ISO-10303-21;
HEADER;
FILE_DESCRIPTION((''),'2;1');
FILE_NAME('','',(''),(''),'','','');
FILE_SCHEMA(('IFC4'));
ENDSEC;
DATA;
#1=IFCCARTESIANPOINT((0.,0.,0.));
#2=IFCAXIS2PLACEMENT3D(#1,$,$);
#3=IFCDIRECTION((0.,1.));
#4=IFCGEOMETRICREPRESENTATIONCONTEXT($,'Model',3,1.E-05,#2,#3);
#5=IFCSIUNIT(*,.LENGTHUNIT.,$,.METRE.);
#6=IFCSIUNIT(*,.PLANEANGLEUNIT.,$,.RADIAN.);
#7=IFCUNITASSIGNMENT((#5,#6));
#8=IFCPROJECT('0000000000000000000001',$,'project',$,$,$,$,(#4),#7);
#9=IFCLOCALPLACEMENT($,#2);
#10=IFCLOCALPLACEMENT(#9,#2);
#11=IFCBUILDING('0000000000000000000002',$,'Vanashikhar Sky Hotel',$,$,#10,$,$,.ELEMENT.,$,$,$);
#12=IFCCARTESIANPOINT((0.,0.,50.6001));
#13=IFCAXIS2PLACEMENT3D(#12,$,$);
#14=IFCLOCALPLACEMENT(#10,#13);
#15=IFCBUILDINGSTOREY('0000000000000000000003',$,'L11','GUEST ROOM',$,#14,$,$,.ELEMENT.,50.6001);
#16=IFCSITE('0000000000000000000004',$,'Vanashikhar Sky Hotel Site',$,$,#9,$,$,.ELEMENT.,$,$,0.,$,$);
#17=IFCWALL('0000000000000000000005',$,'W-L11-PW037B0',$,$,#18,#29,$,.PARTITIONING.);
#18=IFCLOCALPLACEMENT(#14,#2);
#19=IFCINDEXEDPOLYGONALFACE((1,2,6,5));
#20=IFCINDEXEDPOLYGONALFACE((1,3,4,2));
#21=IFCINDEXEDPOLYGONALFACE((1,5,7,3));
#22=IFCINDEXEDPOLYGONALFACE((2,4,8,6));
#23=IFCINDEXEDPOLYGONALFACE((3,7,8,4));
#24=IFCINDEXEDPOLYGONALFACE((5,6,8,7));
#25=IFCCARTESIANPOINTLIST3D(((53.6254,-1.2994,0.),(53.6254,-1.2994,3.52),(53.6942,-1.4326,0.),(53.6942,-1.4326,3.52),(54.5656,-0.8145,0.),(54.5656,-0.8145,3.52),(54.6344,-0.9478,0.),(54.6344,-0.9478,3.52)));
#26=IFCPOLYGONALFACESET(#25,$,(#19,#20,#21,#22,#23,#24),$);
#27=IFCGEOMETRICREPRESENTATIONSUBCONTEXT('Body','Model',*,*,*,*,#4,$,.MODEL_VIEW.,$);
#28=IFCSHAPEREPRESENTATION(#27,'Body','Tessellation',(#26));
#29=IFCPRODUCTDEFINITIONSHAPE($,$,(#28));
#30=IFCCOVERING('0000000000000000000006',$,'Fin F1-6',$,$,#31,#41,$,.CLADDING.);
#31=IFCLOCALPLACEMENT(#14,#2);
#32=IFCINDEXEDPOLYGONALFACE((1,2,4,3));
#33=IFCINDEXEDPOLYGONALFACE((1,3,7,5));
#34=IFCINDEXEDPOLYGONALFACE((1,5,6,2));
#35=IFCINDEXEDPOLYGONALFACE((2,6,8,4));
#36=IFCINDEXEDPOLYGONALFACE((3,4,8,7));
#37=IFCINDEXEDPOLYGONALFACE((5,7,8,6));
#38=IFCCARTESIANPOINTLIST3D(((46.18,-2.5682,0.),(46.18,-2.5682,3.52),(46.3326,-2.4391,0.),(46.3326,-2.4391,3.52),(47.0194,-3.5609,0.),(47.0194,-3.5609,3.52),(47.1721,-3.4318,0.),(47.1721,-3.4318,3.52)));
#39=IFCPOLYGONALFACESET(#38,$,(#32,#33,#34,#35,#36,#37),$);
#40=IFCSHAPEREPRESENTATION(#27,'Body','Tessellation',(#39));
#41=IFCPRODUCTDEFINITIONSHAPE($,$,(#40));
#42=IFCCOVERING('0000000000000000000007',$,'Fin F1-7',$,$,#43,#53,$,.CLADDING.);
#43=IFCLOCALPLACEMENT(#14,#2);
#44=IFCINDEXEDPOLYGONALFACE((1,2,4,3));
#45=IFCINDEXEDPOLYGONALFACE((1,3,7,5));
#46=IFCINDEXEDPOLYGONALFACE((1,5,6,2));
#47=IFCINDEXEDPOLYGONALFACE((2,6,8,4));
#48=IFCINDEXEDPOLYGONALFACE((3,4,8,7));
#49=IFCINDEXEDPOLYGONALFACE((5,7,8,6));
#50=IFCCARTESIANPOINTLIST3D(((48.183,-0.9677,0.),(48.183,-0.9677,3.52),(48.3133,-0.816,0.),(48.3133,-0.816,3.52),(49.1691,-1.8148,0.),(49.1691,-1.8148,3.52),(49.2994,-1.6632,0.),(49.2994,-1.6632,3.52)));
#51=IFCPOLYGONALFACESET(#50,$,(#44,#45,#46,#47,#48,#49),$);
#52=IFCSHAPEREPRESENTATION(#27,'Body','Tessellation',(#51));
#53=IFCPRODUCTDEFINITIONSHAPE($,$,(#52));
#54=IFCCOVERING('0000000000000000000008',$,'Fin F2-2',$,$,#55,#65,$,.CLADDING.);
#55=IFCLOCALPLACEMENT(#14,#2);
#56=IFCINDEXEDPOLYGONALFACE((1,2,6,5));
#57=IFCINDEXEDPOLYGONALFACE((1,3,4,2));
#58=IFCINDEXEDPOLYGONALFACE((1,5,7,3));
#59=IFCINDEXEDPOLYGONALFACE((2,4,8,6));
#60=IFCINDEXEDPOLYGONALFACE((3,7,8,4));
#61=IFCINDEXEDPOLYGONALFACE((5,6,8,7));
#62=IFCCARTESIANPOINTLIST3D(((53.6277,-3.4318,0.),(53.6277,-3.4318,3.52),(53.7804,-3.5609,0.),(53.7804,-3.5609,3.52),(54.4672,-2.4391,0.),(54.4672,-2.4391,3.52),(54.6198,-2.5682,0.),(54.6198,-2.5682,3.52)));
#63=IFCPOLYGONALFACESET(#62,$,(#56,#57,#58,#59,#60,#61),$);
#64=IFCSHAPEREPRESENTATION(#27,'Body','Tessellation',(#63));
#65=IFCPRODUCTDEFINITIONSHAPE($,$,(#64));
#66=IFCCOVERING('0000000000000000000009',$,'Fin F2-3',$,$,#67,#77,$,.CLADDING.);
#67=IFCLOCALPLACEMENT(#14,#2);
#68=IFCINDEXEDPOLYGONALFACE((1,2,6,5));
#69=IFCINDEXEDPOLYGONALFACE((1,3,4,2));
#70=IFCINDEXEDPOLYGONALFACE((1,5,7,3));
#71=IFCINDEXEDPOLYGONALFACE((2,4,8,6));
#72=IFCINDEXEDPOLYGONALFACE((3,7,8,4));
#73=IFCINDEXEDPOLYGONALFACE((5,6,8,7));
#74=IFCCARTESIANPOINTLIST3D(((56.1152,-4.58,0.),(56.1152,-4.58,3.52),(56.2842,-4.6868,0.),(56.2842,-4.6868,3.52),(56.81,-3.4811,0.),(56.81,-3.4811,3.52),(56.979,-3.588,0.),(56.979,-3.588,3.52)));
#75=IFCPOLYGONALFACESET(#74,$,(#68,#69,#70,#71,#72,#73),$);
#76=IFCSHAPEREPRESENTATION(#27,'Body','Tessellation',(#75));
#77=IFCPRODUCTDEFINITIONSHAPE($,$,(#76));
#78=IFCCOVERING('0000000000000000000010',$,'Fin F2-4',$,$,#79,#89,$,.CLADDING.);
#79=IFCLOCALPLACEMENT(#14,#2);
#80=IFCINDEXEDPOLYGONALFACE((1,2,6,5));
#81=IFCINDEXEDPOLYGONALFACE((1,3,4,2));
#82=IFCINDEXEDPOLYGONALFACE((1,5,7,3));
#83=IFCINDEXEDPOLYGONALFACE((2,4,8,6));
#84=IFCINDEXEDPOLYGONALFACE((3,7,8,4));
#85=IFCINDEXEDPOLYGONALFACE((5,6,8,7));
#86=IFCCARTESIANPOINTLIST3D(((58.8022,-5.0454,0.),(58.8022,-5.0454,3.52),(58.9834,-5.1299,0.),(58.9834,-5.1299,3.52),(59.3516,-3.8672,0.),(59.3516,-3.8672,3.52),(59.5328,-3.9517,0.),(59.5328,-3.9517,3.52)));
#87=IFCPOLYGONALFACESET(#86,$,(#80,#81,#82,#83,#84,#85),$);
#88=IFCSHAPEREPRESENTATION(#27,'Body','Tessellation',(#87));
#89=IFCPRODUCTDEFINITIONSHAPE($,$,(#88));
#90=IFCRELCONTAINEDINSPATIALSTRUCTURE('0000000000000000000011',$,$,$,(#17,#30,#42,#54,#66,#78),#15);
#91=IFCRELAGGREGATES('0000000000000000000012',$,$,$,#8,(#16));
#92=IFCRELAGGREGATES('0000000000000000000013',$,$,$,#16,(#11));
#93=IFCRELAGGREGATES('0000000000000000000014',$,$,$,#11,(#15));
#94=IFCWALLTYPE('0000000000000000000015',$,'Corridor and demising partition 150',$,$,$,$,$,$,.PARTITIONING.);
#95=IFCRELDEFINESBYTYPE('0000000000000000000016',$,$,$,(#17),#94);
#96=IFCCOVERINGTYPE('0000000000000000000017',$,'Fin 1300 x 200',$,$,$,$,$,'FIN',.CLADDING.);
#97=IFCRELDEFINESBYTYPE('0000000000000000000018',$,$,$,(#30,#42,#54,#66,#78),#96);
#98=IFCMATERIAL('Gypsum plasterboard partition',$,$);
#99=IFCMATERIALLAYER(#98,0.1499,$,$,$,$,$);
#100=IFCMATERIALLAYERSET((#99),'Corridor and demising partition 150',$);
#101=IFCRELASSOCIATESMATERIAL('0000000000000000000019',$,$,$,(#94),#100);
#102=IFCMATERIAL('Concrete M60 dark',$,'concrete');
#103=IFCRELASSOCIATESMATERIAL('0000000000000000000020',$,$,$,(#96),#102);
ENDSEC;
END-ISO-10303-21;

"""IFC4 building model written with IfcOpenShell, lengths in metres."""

from ifc_helpers import new_model, si_unit, direction, frame, frame_2d, origin, origin_2d, place, context, subcontext, project, spatial, rectangle, extrude, source, transform, mapped, material, layer, layer_set, material_profile, profile_set, type_object, element, save


model = new_model("IFC4")

# Units and contexts
model_context = context("Model", 3, precision=1e-05, world=origin(), true_north=direction((0.0, 1.0)))
body_context = subcontext(model_context, "Body", "Model", "MODEL_VIEW")
ifc_project = project(units=[si_unit("LENGTHUNIT", "METRE"), si_unit("PLANEANGLEUNIT", "RADIAN")], contexts=[model_context])

# Site, building, storey
site_placement = place(None, origin())
site = spatial("IfcSite", under=ifc_project, at=site_placement, Name="Vanashikhar Sky Hotel Site", CompositionType="ELEMENT", RefElevation=0.0)
building_placement = place(site_placement, origin())
building = spatial("IfcBuilding", under=site, at=building_placement, Name="Vanashikhar Sky Hotel", CompositionType="ELEMENT")
storey_placement = place(building_placement, frame((0.0, 0.0, 50.6001)))
storey = spatial("IfcBuildingStorey", under=building, at=storey_placement, Name="L11", Description="GUEST ROOM", CompositionType="ELEMENT", Elevation=50.6001)

# Wall
ifc_material_1 = material(Name="Gypsum plasterboard partition")
ifc_layer_1 = layer(ifc_material_1, 0.1499)
ifc_layer_set_1 = layer_set([ifc_layer_1], Name="Corridor and demising partition 150")
wall_type_1 = type_object("IfcWallType", Name="Corridor and demising partition 150", PredefinedType="PARTITIONING", material=ifc_layer_set_1)
shared_shape_1 = source(origin(), body_context, "Body", "SweptSolid", [
    extrude(rectangle(XDim=1.0579, YDim=0.1499, at=frame_2d((0.5288, 0.0))), origin(), (0.0, 0.0, 1.0), 3.52),
])
wall_1_placement = place(storey_placement, frame((53.6599, -1.366, 0.0), z_axis=(0.0, 0.0, 1.0), x_axis=(0.888772, 0.458349, 0.0)))
element("IfcWall", 1, at=wall_1_placement, inside=storey, type_object=wall_type_1, Name="W-L11-PW037B0", PredefinedType="PARTITIONING", context=body_context, shape_type="MappedRepresentation", body=[
    mapped(shared_shape_1, transform((0.0, 0.0, 0.0), scale=1.0)),
])

# Coverings
ifc_material_2 = material(Name="Concrete M60 dark", Category="concrete")
ifc_material_profile = material_profile(ifc_material_2, rectangle(XDim=1.3, YDim=0.2, at=origin_2d()))
ifc_profile_set = profile_set([ifc_material_profile], Name="Fin 1300 x 200")
covering_type = type_object("IfcCoveringType", Name="Fin 1300 x 200", ElementType="FIN", PredefinedType="CLADDING", material=ifc_profile_set)
shared_shape_2 = source(origin(), body_context, "Body", "SweptSolid", [
    extrude(rectangle(XDim=1.3, YDim=0.2, at=origin_2d()), origin(), (0.0, 0.0, 1.0), 3.52),
])
for number, where, z_axis, x_axis, name in (
    (2, (46.676, -3.0, 0.0), (0.0, 0.0, 1.0), (0.645698, -0.763593, 0.0), "Fin F1-6"),
    (3, (48.7412, -1.3154, 0.0), (0.0, 0.0, 1.0), (0.758544, -0.651622, 0.0), "Fin F1-7"),
    (4, (54.1238, -3.0, 0.0), (0.0, 0.0, 1.0), (-0.645698, -0.763593, 0.0), "Fin F2-2"),
    (5, (56.5471, -4.084, 0.0), (0.0, 0.0, 1.0), (-0.534411, -0.845225, 0.0), "Fin F2-3"),
    (6, (59.1675, -4.4985, 0.0), (0.0, 0.0, 1.0), (-0.422618, -0.906308, 0.0), "Fin F2-4"),
):
    element("IfcCovering", number, at=place(storey_placement, frame(where, z_axis=z_axis, x_axis=x_axis)), inside=storey, type_object=covering_type, Name=name, PredefinedType="CLADDING", context=body_context, shape_type="MappedRepresentation", body=[
        mapped(shared_shape_2, transform((0.0, 0.0, 0.0), scale=1.0)),
    ])

save(model, "model.ifc")
